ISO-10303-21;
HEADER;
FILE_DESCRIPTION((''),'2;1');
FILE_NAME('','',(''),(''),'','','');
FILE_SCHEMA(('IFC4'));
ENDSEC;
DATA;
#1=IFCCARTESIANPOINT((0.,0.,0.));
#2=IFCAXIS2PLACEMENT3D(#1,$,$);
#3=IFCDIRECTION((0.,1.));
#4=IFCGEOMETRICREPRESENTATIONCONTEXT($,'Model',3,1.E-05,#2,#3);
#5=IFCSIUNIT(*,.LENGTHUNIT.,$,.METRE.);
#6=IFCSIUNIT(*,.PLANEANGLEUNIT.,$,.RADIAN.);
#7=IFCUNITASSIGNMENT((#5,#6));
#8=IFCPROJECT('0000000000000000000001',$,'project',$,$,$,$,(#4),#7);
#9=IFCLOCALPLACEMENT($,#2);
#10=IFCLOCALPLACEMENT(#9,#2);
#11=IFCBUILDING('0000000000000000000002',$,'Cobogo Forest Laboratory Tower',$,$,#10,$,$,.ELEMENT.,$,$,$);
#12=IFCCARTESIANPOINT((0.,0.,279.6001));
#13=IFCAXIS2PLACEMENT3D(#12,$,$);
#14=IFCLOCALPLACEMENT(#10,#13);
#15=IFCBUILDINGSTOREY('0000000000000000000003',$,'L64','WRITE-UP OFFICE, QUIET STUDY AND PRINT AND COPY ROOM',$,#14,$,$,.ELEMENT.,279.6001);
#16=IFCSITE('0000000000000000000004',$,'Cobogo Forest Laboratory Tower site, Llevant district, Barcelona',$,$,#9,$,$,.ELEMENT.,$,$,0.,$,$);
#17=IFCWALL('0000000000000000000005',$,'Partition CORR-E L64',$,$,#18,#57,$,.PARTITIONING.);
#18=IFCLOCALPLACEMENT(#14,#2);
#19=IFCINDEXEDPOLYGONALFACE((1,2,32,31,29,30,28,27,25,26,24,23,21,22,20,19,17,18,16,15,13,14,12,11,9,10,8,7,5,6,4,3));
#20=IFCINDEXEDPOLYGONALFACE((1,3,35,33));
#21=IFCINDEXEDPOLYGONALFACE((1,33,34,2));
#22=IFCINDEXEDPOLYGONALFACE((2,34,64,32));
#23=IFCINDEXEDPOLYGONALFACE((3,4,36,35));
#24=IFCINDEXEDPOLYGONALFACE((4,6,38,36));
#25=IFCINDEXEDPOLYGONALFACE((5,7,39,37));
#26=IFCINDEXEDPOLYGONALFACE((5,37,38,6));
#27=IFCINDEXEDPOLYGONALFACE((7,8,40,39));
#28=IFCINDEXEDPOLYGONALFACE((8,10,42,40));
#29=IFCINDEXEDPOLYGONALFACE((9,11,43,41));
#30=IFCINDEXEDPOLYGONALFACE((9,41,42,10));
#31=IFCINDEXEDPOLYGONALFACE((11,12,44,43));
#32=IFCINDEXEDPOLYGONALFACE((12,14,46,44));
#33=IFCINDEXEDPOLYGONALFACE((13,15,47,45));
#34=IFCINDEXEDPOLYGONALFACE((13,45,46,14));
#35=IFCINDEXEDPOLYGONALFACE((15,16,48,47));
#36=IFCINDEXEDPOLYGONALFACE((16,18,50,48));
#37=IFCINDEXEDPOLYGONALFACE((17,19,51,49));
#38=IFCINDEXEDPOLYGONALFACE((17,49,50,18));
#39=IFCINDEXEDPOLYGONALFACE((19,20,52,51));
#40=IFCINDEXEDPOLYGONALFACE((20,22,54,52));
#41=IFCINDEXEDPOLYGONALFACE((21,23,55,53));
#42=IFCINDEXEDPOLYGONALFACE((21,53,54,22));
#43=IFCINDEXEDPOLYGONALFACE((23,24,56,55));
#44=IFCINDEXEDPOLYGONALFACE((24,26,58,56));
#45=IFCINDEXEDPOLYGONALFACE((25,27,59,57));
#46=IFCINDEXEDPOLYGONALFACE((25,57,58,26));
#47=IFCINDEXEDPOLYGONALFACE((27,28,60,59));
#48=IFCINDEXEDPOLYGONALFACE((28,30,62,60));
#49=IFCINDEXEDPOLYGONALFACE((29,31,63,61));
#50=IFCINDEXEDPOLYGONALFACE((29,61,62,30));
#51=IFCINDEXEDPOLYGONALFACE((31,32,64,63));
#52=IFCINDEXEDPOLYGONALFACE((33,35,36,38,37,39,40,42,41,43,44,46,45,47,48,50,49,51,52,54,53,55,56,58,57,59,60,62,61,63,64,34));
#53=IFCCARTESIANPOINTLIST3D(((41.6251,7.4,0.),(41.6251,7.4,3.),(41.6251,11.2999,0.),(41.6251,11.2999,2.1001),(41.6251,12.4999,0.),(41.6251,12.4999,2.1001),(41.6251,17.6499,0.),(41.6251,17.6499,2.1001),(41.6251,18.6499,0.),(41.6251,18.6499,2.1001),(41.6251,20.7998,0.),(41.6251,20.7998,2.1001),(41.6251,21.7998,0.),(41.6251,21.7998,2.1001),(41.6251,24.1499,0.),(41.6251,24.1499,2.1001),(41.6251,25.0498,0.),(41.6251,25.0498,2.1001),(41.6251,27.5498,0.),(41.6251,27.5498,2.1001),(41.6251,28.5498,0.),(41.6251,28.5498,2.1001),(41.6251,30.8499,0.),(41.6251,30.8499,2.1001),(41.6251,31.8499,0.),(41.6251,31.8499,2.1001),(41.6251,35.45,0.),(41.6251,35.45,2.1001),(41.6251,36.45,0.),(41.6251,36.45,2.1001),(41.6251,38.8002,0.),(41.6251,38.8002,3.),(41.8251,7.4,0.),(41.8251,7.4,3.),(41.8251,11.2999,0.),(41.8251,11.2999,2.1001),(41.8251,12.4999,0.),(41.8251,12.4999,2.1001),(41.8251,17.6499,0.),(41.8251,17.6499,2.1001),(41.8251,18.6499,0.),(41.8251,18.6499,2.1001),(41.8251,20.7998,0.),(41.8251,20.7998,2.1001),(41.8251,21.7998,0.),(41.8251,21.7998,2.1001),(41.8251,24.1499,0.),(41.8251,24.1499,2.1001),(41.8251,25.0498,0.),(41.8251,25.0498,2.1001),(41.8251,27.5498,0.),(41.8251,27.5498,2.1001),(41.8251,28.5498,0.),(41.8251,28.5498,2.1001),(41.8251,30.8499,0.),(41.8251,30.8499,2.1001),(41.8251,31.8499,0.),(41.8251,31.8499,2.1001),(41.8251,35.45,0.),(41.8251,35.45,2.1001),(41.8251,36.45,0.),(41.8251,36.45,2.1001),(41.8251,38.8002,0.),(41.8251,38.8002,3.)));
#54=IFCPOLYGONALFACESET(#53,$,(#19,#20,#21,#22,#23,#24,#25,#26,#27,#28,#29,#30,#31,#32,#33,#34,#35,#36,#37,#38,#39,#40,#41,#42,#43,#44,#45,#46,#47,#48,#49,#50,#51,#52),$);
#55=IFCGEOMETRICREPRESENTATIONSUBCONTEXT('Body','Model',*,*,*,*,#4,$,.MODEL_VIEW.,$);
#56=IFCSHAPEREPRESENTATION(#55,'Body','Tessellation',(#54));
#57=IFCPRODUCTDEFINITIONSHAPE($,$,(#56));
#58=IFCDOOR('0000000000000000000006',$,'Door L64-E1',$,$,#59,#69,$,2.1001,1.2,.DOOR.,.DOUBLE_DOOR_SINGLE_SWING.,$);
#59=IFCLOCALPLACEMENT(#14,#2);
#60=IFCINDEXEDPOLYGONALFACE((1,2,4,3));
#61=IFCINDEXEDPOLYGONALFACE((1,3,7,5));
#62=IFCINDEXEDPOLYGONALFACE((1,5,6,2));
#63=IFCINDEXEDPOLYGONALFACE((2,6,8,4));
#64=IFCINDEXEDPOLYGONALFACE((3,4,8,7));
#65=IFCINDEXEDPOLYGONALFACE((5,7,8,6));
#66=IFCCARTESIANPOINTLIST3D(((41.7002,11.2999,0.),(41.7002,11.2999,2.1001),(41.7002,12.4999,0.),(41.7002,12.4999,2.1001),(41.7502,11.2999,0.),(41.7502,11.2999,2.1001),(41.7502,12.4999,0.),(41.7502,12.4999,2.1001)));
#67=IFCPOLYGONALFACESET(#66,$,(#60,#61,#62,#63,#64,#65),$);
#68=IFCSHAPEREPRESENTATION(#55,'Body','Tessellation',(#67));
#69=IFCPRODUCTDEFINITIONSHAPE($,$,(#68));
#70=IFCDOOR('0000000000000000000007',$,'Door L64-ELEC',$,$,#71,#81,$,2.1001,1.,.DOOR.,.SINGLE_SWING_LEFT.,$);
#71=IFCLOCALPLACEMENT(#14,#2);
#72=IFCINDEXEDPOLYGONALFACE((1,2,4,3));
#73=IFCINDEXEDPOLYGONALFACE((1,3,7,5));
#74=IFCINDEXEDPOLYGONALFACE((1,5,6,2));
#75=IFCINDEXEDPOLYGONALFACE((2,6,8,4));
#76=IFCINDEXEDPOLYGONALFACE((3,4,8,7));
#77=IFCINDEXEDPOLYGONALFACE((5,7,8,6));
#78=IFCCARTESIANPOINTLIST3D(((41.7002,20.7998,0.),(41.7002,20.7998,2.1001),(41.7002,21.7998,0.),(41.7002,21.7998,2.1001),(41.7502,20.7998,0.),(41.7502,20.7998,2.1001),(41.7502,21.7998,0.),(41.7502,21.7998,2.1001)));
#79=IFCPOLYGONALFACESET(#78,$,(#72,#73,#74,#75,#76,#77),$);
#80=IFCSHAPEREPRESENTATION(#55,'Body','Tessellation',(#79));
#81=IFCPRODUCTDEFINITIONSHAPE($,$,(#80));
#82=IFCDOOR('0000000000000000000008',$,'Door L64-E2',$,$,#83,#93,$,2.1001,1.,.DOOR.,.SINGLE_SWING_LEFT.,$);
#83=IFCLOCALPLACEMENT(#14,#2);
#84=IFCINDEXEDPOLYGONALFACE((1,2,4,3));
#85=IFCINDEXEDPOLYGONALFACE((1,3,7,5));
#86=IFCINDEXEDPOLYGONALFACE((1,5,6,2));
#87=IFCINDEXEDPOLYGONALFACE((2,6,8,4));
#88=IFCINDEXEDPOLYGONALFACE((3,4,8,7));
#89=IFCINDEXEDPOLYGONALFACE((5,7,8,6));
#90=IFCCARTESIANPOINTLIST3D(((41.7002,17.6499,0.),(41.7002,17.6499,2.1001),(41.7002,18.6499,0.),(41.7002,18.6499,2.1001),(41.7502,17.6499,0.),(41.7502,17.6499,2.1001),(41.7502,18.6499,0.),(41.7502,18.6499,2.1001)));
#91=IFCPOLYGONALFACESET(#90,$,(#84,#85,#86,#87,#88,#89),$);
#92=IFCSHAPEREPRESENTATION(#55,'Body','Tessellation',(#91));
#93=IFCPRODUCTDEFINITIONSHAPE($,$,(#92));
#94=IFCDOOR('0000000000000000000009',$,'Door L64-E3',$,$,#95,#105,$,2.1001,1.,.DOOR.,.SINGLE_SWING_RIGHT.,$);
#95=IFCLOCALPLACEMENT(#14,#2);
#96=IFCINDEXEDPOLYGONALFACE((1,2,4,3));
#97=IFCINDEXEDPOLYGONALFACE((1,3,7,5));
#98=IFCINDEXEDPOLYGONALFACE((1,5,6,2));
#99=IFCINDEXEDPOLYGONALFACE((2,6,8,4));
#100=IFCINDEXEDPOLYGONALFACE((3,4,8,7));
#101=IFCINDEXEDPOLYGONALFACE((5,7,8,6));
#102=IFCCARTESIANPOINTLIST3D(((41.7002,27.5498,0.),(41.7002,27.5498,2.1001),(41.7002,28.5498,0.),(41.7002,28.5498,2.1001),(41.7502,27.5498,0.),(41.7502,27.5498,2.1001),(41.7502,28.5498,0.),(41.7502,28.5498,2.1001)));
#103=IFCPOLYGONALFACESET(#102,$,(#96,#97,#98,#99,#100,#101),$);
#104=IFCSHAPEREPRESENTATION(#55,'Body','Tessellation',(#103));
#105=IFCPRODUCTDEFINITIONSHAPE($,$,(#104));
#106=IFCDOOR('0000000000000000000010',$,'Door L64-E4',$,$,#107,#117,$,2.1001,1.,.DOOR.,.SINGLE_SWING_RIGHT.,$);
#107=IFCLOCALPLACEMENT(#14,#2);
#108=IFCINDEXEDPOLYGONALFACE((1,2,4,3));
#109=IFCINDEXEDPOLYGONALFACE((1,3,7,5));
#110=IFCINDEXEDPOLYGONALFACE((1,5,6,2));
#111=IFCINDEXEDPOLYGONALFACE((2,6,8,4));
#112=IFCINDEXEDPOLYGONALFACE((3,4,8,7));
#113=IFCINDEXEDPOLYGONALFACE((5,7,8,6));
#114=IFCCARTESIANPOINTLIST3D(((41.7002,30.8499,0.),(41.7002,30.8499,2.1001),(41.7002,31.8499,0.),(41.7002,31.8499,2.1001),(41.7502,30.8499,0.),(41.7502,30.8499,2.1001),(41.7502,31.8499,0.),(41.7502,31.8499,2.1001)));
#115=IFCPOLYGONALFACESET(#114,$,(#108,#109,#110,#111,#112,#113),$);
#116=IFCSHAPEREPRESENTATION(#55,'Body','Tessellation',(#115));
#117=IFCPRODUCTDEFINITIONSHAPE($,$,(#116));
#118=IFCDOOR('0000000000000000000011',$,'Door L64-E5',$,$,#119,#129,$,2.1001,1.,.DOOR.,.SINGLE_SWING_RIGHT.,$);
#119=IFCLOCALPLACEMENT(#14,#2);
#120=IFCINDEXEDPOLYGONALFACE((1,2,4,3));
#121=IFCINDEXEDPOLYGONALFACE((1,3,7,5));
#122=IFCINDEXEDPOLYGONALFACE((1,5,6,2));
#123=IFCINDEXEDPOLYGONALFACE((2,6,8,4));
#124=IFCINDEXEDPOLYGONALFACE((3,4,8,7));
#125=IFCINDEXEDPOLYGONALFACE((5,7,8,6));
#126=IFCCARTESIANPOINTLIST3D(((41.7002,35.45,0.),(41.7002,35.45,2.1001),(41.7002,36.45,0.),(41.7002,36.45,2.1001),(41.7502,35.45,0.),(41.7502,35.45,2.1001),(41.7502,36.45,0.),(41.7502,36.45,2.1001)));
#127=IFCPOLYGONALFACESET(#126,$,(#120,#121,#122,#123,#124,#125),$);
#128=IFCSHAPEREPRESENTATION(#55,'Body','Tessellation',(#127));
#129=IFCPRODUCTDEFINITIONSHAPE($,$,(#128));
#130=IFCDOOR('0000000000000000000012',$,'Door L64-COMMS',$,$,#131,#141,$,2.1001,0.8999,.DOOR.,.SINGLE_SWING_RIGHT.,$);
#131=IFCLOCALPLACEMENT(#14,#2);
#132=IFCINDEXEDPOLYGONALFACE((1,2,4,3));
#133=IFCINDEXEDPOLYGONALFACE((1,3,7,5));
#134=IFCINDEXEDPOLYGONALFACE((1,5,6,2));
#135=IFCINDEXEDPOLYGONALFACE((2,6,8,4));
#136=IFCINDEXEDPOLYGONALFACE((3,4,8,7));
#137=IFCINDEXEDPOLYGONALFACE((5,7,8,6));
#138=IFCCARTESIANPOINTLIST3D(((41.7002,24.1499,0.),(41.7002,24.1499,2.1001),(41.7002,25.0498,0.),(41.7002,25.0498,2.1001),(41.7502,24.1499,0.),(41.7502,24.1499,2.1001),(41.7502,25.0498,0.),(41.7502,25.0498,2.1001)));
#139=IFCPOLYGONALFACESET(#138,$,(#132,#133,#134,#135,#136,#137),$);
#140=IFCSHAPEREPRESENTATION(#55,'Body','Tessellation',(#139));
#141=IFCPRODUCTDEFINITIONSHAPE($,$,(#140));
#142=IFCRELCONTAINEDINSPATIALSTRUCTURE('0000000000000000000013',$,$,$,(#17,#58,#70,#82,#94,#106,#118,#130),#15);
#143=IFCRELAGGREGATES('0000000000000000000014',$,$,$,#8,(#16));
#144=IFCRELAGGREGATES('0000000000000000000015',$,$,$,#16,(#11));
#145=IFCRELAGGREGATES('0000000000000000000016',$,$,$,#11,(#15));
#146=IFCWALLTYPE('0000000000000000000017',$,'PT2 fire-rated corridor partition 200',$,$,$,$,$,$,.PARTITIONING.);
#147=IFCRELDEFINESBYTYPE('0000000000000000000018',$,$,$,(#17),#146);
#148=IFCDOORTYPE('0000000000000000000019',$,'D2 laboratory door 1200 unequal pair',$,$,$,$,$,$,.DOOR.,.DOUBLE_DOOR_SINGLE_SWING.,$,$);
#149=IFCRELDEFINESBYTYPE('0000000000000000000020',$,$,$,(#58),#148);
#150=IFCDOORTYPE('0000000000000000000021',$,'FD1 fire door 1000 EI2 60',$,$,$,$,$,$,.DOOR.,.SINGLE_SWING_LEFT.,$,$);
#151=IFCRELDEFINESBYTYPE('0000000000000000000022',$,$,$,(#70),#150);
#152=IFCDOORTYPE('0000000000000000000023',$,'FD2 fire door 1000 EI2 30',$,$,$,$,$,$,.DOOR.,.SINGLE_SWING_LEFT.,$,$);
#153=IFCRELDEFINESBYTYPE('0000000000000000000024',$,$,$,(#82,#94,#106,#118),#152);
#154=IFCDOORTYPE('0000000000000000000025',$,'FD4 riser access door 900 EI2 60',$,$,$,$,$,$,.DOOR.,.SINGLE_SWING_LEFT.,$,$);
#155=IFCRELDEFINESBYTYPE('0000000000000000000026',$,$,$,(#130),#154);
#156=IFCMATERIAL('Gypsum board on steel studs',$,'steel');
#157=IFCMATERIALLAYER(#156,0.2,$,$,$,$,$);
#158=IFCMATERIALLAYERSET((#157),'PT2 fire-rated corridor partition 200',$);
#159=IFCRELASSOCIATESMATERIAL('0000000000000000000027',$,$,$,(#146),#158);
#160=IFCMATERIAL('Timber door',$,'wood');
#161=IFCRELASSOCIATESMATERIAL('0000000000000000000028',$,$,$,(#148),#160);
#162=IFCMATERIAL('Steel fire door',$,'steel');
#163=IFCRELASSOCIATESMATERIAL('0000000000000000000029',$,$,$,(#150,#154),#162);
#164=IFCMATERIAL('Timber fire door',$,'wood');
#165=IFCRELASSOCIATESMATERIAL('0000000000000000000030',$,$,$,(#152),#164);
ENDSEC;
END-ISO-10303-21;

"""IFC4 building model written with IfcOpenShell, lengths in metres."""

from ifc_helpers import new_model, si_unit, direction, frame, frame_2d, origin, place, context, subcontext, project, spatial, rectangle, extrude, material, layer, layer_set, type_object, element, fill, save


model = new_model("IFC4")

# Units and contexts
model_context = context("Model", 3, precision=1e-05, world=origin(), true_north=direction((0.0, 1.0)))
body_context = subcontext(model_context, "Body", "Model", "MODEL_VIEW")
ifc_project = project(units=[si_unit("LENGTHUNIT", "METRE"), si_unit("PLANEANGLEUNIT", "RADIAN")], contexts=[model_context])

# Site, building, storey
site_placement = place(None, origin())
site = spatial("IfcSite", under=ifc_project, at=site_placement, Name="Cobogo Forest Laboratory Tower site, Llevant district, Barcelona", CompositionType="ELEMENT", RefElevation=0.0)
building_placement = place(site_placement, origin())
building = spatial("IfcBuilding", under=site, at=building_placement, Name="Cobogo Forest Laboratory Tower", CompositionType="ELEMENT")
storey_placement = place(building_placement, frame((0.0, 0.0, 279.6001)))
storey = spatial("IfcBuildingStorey", under=building, at=storey_placement, Name="L64", Description="WRITE-UP OFFICE, QUIET STUDY AND PRINT AND COPY ROOM", CompositionType="ELEMENT", Elevation=279.6001)

# Shared definitions
ifc_material_1 = material(Name="Gypsum board on steel studs", Category="steel")

# Wall, openings, doors
ifc_layer_1 = layer(ifc_material_1, 0.2)
ifc_layer_set_1 = layer_set([ifc_layer_1], Name="PT2 fire-rated corridor partition 200")
wall_type_1 = type_object("IfcWallType", Name="PT2 fire-rated corridor partition 200", PredefinedType="PARTITIONING", material=ifc_layer_set_1)
wall_1_placement = place(storey_placement, frame((41.7251, 7.3999, 0.0), z_axis=(0.0, 0.0, 1.0), x_axis=(0.0, 1.0, 0.0)))
wall_1 = element("IfcWall", 1, at=wall_1_placement, inside=storey, type_object=wall_type_1, Name="Partition CORR-E L64", PredefinedType="PARTITIONING", context=body_context, shape_type="SweptSolid", body=[
    extrude(rectangle(XDim=31.4001, YDim=0.2, at=frame_2d((15.7002, 0.0))), origin(), (0.0, 0.0, 1.0), 3.0),
])
opening_1_placement = place(wall_1_placement, frame((3.8999, 0.0, 0.0)))
opening_1 = element("IfcOpeningElement", 2, at=opening_1_placement, cuts=wall_1, PredefinedType="OPENING", context=body_context, shape_type="SweptSolid", body=[
    extrude(rectangle(XDim=1.2, YDim=2.1001, at=frame_2d((0.6001, 1.05))), frame((0.0, 0.1099, 0.0), z_axis=(0.0, -1.0, 0.0), x_axis=(1.0, 0.0, 0.0)), (0.0, 0.0, 1.0), 0.22),
])
opening_2_placement = place(wall_1_placement, frame((10.25, 0.0, 0.0)))
opening_2 = element("IfcOpeningElement", 3, at=opening_2_placement, cuts=wall_1, PredefinedType="OPENING", context=body_context, shape_type="SweptSolid", body=[
    extrude(rectangle(XDim=1.0, YDim=2.1001, at=frame_2d((0.5, 1.05))), frame((0.0, 0.1099, 0.0), z_axis=(0.0, -1.0, 0.0), x_axis=(1.0, 0.0, 0.0)), (0.0, 0.0, 1.0), 0.22),
])
opening_3_placement = place(wall_1_placement, frame((13.3999, 0.0, 0.0)))
opening_3 = element("IfcOpeningElement", 4, at=opening_3_placement, cuts=wall_1, PredefinedType="OPENING", context=body_context, shape_type="SweptSolid", body=[
    extrude(rectangle(XDim=1.0, YDim=2.1001, at=frame_2d((0.5, 1.05))), frame((0.0, 0.1099, 0.0), z_axis=(0.0, -1.0, 0.0), x_axis=(1.0, 0.0, 0.0)), (0.0, 0.0, 1.0), 0.22),
])
opening_4_placement = place(wall_1_placement, frame((16.75, 0.0, 0.0)))
opening_4 = element("IfcOpeningElement", 5, at=opening_4_placement, cuts=wall_1, PredefinedType="OPENING", context=body_context, shape_type="SweptSolid", body=[
    extrude(rectangle(XDim=0.8999, YDim=2.1001, at=frame_2d((0.45, 1.05))), frame((0.0, 0.1099, 0.0), z_axis=(0.0, -1.0, 0.0), x_axis=(1.0, 0.0, 0.0)), (0.0, 0.0, 1.0), 0.22),
])
opening_5_placement = place(wall_1_placement, frame((20.1499, 0.0, 0.0)))
opening_5 = element("IfcOpeningElement", 6, at=opening_5_placement, cuts=wall_1, PredefinedType="OPENING", context=body_context, shape_type="SweptSolid", body=[
    extrude(rectangle(XDim=1.0, YDim=2.1001, at=frame_2d((0.5, 1.05))), frame((0.0, 0.1099, 0.0), z_axis=(0.0, -1.0, 0.0), x_axis=(1.0, 0.0, 0.0)), (0.0, 0.0, 1.0), 0.22),
])
opening_6_placement = place(wall_1_placement, frame((23.45, 0.0, 0.0)))
opening_6 = element("IfcOpeningElement", 7, at=opening_6_placement, cuts=wall_1, PredefinedType="OPENING", context=body_context, shape_type="SweptSolid", body=[
    extrude(rectangle(XDim=1.0, YDim=2.1001, at=frame_2d((0.5, 1.05))), frame((0.0, 0.1099, 0.0), z_axis=(0.0, -1.0, 0.0), x_axis=(1.0, 0.0, 0.0)), (0.0, 0.0, 1.0), 0.22),
])
opening_7_placement = place(wall_1_placement, frame((28.05, 0.0, 0.0)))
opening_7 = element("IfcOpeningElement", 8, at=opening_7_placement, cuts=wall_1, PredefinedType="OPENING", context=body_context, shape_type="SweptSolid", body=[
    extrude(rectangle(XDim=1.0, YDim=2.1001, at=frame_2d((0.5, 1.05))), frame((0.0, 0.1099, 0.0), z_axis=(0.0, -1.0, 0.0), x_axis=(1.0, 0.0, 0.0)), (0.0, 0.0, 1.0), 0.22),
])
ifc_material_2 = material(Name="Timber door", Category="wood")
door_type_1 = type_object("IfcDoorType", Name="D2 laboratory door 1200 unequal pair", OperationType="DOUBLE_DOOR_SINGLE_SWING", PredefinedType="DOOR", material=ifc_material_2)
door_1_placement = place(opening_1_placement, origin())
door_1 = element("IfcDoor", 9, at=door_1_placement, inside=storey, type_object=door_type_1, Name="Door L64-E1", OperationType="DOUBLE_DOOR_SINGLE_SWING", OverallHeight=2.1001, OverallWidth=1.2, PredefinedType="DOOR", context=body_context, shape_type="SweptSolid", body=[
    extrude(rectangle(XDim=1.2, YDim=2.1001, at=frame_2d((0.6001, 1.05))), frame((0.0, 0.0249, 0.0), z_axis=(0.0, -1.0, 0.0), x_axis=(1.0, 0.0, 0.0)), (0.0, 0.0, 1.0), 0.05),
])
fill(opening_1, door_1)
ifc_material_3 = material(Name="Steel fire door", Category="steel")
door_type_2 = type_object("IfcDoorType", Name="FD1 fire door 1000 EI2 60", OperationType="SINGLE_SWING_LEFT", PredefinedType="DOOR", material=ifc_material_3)
door_2_placement = place(opening_3_placement, origin())
door_2 = element("IfcDoor", 10, at=door_2_placement, inside=storey, type_object=door_type_2, Name="Door L64-ELEC", OperationType="SINGLE_SWING_LEFT", OverallHeight=2.1001, OverallWidth=1.0, PredefinedType="DOOR", context=body_context, shape_type="SweptSolid", body=[
    extrude(rectangle(XDim=1.0, YDim=2.1001, at=frame_2d((0.5, 1.05))), frame((0.0, 0.0249, 0.0), z_axis=(0.0, -1.0, 0.0), x_axis=(1.0, 0.0, 0.0)), (0.0, 0.0, 1.0), 0.05),
])
fill(opening_3, door_2)
ifc_material_4 = material(Name="Timber fire door", Category="wood")
door_type_3 = type_object("IfcDoorType", Name="FD2 fire door 1000 EI2 30", OperationType="SINGLE_SWING_LEFT", PredefinedType="DOOR", material=ifc_material_4)
door_3_placement = place(opening_2_placement, origin())
door_3 = element("IfcDoor", 11, at=door_3_placement, inside=storey, type_object=door_type_3, Name="Door L64-E2", OperationType="SINGLE_SWING_LEFT", OverallHeight=2.1001, OverallWidth=1.0, PredefinedType="DOOR", context=body_context, shape_type="SweptSolid", body=[
    extrude(rectangle(XDim=1.0, YDim=2.1001, at=frame_2d((0.5, 1.05))), frame((0.0, 0.0249, 0.0), z_axis=(0.0, -1.0, 0.0), x_axis=(1.0, 0.0, 0.0)), (0.0, 0.0, 1.0), 0.05),
])
fill(opening_2, door_3)
door_4_placement = place(opening_5_placement, origin())
door_4 = element("IfcDoor", 12, at=door_4_placement, inside=storey, type_object=door_type_3, Name="Door L64-E3", OperationType="SINGLE_SWING_RIGHT", OverallHeight=2.1001, OverallWidth=1.0, PredefinedType="DOOR", context=body_context, shape_type="SweptSolid", body=[
    extrude(rectangle(XDim=1.0, YDim=2.1001, at=frame_2d((0.5, 1.05))), frame((0.0, 0.0249, 0.0), z_axis=(0.0, -1.0, 0.0), x_axis=(1.0, 0.0, 0.0)), (0.0, 0.0, 1.0), 0.05),
])
fill(opening_5, door_4)
door_5_placement = place(opening_6_placement, origin())
door_5 = element("IfcDoor", 13, at=door_5_placement, inside=storey, type_object=door_type_3, Name="Door L64-E4", OperationType="SINGLE_SWING_RIGHT", OverallHeight=2.1001, OverallWidth=1.0, PredefinedType="DOOR", context=body_context, shape_type="SweptSolid", body=[
    extrude(rectangle(XDim=1.0, YDim=2.1001, at=frame_2d((0.5, 1.05))), frame((0.0, 0.0249, 0.0), z_axis=(0.0, -1.0, 0.0), x_axis=(1.0, 0.0, 0.0)), (0.0, 0.0, 1.0), 0.05),
])
fill(opening_6, door_5)
door_6_placement = place(opening_7_placement, origin())
door_6 = element("IfcDoor", 14, at=door_6_placement, inside=storey, type_object=door_type_3, Name="Door L64-E5", OperationType="SINGLE_SWING_RIGHT", OverallHeight=2.1001, OverallWidth=1.0, PredefinedType="DOOR", context=body_context, shape_type="SweptSolid", body=[
    extrude(rectangle(XDim=1.0, YDim=2.1001, at=frame_2d((0.5, 1.05))), frame((0.0, 0.0249, 0.0), z_axis=(0.0, -1.0, 0.0), x_axis=(1.0, 0.0, 0.0)), (0.0, 0.0, 1.0), 0.05),
])
fill(opening_7, door_6)
door_type_4 = type_object("IfcDoorType", Name="FD4 riser access door 900 EI2 60", OperationType="SINGLE_SWING_LEFT", PredefinedType="DOOR", material=ifc_material_3)
door_7_placement = place(opening_4_placement, origin())
door_7 = element("IfcDoor", 15, at=door_7_placement, inside=storey, type_object=door_type_4, Name="Door L64-COMMS", OperationType="SINGLE_SWING_RIGHT", OverallHeight=2.1001, OverallWidth=0.8999, PredefinedType="DOOR", context=body_context, shape_type="SweptSolid", body=[
    extrude(rectangle(XDim=0.8999, YDim=2.1001, at=frame_2d((0.45, 1.05))), frame((0.0, 0.0249, 0.0), z_axis=(0.0, -1.0, 0.0), x_axis=(1.0, 0.0, 0.0)), (0.0, 0.0, 1.0), 0.05),
])
fill(opening_4, door_7)

save(model, "model.ifc")
